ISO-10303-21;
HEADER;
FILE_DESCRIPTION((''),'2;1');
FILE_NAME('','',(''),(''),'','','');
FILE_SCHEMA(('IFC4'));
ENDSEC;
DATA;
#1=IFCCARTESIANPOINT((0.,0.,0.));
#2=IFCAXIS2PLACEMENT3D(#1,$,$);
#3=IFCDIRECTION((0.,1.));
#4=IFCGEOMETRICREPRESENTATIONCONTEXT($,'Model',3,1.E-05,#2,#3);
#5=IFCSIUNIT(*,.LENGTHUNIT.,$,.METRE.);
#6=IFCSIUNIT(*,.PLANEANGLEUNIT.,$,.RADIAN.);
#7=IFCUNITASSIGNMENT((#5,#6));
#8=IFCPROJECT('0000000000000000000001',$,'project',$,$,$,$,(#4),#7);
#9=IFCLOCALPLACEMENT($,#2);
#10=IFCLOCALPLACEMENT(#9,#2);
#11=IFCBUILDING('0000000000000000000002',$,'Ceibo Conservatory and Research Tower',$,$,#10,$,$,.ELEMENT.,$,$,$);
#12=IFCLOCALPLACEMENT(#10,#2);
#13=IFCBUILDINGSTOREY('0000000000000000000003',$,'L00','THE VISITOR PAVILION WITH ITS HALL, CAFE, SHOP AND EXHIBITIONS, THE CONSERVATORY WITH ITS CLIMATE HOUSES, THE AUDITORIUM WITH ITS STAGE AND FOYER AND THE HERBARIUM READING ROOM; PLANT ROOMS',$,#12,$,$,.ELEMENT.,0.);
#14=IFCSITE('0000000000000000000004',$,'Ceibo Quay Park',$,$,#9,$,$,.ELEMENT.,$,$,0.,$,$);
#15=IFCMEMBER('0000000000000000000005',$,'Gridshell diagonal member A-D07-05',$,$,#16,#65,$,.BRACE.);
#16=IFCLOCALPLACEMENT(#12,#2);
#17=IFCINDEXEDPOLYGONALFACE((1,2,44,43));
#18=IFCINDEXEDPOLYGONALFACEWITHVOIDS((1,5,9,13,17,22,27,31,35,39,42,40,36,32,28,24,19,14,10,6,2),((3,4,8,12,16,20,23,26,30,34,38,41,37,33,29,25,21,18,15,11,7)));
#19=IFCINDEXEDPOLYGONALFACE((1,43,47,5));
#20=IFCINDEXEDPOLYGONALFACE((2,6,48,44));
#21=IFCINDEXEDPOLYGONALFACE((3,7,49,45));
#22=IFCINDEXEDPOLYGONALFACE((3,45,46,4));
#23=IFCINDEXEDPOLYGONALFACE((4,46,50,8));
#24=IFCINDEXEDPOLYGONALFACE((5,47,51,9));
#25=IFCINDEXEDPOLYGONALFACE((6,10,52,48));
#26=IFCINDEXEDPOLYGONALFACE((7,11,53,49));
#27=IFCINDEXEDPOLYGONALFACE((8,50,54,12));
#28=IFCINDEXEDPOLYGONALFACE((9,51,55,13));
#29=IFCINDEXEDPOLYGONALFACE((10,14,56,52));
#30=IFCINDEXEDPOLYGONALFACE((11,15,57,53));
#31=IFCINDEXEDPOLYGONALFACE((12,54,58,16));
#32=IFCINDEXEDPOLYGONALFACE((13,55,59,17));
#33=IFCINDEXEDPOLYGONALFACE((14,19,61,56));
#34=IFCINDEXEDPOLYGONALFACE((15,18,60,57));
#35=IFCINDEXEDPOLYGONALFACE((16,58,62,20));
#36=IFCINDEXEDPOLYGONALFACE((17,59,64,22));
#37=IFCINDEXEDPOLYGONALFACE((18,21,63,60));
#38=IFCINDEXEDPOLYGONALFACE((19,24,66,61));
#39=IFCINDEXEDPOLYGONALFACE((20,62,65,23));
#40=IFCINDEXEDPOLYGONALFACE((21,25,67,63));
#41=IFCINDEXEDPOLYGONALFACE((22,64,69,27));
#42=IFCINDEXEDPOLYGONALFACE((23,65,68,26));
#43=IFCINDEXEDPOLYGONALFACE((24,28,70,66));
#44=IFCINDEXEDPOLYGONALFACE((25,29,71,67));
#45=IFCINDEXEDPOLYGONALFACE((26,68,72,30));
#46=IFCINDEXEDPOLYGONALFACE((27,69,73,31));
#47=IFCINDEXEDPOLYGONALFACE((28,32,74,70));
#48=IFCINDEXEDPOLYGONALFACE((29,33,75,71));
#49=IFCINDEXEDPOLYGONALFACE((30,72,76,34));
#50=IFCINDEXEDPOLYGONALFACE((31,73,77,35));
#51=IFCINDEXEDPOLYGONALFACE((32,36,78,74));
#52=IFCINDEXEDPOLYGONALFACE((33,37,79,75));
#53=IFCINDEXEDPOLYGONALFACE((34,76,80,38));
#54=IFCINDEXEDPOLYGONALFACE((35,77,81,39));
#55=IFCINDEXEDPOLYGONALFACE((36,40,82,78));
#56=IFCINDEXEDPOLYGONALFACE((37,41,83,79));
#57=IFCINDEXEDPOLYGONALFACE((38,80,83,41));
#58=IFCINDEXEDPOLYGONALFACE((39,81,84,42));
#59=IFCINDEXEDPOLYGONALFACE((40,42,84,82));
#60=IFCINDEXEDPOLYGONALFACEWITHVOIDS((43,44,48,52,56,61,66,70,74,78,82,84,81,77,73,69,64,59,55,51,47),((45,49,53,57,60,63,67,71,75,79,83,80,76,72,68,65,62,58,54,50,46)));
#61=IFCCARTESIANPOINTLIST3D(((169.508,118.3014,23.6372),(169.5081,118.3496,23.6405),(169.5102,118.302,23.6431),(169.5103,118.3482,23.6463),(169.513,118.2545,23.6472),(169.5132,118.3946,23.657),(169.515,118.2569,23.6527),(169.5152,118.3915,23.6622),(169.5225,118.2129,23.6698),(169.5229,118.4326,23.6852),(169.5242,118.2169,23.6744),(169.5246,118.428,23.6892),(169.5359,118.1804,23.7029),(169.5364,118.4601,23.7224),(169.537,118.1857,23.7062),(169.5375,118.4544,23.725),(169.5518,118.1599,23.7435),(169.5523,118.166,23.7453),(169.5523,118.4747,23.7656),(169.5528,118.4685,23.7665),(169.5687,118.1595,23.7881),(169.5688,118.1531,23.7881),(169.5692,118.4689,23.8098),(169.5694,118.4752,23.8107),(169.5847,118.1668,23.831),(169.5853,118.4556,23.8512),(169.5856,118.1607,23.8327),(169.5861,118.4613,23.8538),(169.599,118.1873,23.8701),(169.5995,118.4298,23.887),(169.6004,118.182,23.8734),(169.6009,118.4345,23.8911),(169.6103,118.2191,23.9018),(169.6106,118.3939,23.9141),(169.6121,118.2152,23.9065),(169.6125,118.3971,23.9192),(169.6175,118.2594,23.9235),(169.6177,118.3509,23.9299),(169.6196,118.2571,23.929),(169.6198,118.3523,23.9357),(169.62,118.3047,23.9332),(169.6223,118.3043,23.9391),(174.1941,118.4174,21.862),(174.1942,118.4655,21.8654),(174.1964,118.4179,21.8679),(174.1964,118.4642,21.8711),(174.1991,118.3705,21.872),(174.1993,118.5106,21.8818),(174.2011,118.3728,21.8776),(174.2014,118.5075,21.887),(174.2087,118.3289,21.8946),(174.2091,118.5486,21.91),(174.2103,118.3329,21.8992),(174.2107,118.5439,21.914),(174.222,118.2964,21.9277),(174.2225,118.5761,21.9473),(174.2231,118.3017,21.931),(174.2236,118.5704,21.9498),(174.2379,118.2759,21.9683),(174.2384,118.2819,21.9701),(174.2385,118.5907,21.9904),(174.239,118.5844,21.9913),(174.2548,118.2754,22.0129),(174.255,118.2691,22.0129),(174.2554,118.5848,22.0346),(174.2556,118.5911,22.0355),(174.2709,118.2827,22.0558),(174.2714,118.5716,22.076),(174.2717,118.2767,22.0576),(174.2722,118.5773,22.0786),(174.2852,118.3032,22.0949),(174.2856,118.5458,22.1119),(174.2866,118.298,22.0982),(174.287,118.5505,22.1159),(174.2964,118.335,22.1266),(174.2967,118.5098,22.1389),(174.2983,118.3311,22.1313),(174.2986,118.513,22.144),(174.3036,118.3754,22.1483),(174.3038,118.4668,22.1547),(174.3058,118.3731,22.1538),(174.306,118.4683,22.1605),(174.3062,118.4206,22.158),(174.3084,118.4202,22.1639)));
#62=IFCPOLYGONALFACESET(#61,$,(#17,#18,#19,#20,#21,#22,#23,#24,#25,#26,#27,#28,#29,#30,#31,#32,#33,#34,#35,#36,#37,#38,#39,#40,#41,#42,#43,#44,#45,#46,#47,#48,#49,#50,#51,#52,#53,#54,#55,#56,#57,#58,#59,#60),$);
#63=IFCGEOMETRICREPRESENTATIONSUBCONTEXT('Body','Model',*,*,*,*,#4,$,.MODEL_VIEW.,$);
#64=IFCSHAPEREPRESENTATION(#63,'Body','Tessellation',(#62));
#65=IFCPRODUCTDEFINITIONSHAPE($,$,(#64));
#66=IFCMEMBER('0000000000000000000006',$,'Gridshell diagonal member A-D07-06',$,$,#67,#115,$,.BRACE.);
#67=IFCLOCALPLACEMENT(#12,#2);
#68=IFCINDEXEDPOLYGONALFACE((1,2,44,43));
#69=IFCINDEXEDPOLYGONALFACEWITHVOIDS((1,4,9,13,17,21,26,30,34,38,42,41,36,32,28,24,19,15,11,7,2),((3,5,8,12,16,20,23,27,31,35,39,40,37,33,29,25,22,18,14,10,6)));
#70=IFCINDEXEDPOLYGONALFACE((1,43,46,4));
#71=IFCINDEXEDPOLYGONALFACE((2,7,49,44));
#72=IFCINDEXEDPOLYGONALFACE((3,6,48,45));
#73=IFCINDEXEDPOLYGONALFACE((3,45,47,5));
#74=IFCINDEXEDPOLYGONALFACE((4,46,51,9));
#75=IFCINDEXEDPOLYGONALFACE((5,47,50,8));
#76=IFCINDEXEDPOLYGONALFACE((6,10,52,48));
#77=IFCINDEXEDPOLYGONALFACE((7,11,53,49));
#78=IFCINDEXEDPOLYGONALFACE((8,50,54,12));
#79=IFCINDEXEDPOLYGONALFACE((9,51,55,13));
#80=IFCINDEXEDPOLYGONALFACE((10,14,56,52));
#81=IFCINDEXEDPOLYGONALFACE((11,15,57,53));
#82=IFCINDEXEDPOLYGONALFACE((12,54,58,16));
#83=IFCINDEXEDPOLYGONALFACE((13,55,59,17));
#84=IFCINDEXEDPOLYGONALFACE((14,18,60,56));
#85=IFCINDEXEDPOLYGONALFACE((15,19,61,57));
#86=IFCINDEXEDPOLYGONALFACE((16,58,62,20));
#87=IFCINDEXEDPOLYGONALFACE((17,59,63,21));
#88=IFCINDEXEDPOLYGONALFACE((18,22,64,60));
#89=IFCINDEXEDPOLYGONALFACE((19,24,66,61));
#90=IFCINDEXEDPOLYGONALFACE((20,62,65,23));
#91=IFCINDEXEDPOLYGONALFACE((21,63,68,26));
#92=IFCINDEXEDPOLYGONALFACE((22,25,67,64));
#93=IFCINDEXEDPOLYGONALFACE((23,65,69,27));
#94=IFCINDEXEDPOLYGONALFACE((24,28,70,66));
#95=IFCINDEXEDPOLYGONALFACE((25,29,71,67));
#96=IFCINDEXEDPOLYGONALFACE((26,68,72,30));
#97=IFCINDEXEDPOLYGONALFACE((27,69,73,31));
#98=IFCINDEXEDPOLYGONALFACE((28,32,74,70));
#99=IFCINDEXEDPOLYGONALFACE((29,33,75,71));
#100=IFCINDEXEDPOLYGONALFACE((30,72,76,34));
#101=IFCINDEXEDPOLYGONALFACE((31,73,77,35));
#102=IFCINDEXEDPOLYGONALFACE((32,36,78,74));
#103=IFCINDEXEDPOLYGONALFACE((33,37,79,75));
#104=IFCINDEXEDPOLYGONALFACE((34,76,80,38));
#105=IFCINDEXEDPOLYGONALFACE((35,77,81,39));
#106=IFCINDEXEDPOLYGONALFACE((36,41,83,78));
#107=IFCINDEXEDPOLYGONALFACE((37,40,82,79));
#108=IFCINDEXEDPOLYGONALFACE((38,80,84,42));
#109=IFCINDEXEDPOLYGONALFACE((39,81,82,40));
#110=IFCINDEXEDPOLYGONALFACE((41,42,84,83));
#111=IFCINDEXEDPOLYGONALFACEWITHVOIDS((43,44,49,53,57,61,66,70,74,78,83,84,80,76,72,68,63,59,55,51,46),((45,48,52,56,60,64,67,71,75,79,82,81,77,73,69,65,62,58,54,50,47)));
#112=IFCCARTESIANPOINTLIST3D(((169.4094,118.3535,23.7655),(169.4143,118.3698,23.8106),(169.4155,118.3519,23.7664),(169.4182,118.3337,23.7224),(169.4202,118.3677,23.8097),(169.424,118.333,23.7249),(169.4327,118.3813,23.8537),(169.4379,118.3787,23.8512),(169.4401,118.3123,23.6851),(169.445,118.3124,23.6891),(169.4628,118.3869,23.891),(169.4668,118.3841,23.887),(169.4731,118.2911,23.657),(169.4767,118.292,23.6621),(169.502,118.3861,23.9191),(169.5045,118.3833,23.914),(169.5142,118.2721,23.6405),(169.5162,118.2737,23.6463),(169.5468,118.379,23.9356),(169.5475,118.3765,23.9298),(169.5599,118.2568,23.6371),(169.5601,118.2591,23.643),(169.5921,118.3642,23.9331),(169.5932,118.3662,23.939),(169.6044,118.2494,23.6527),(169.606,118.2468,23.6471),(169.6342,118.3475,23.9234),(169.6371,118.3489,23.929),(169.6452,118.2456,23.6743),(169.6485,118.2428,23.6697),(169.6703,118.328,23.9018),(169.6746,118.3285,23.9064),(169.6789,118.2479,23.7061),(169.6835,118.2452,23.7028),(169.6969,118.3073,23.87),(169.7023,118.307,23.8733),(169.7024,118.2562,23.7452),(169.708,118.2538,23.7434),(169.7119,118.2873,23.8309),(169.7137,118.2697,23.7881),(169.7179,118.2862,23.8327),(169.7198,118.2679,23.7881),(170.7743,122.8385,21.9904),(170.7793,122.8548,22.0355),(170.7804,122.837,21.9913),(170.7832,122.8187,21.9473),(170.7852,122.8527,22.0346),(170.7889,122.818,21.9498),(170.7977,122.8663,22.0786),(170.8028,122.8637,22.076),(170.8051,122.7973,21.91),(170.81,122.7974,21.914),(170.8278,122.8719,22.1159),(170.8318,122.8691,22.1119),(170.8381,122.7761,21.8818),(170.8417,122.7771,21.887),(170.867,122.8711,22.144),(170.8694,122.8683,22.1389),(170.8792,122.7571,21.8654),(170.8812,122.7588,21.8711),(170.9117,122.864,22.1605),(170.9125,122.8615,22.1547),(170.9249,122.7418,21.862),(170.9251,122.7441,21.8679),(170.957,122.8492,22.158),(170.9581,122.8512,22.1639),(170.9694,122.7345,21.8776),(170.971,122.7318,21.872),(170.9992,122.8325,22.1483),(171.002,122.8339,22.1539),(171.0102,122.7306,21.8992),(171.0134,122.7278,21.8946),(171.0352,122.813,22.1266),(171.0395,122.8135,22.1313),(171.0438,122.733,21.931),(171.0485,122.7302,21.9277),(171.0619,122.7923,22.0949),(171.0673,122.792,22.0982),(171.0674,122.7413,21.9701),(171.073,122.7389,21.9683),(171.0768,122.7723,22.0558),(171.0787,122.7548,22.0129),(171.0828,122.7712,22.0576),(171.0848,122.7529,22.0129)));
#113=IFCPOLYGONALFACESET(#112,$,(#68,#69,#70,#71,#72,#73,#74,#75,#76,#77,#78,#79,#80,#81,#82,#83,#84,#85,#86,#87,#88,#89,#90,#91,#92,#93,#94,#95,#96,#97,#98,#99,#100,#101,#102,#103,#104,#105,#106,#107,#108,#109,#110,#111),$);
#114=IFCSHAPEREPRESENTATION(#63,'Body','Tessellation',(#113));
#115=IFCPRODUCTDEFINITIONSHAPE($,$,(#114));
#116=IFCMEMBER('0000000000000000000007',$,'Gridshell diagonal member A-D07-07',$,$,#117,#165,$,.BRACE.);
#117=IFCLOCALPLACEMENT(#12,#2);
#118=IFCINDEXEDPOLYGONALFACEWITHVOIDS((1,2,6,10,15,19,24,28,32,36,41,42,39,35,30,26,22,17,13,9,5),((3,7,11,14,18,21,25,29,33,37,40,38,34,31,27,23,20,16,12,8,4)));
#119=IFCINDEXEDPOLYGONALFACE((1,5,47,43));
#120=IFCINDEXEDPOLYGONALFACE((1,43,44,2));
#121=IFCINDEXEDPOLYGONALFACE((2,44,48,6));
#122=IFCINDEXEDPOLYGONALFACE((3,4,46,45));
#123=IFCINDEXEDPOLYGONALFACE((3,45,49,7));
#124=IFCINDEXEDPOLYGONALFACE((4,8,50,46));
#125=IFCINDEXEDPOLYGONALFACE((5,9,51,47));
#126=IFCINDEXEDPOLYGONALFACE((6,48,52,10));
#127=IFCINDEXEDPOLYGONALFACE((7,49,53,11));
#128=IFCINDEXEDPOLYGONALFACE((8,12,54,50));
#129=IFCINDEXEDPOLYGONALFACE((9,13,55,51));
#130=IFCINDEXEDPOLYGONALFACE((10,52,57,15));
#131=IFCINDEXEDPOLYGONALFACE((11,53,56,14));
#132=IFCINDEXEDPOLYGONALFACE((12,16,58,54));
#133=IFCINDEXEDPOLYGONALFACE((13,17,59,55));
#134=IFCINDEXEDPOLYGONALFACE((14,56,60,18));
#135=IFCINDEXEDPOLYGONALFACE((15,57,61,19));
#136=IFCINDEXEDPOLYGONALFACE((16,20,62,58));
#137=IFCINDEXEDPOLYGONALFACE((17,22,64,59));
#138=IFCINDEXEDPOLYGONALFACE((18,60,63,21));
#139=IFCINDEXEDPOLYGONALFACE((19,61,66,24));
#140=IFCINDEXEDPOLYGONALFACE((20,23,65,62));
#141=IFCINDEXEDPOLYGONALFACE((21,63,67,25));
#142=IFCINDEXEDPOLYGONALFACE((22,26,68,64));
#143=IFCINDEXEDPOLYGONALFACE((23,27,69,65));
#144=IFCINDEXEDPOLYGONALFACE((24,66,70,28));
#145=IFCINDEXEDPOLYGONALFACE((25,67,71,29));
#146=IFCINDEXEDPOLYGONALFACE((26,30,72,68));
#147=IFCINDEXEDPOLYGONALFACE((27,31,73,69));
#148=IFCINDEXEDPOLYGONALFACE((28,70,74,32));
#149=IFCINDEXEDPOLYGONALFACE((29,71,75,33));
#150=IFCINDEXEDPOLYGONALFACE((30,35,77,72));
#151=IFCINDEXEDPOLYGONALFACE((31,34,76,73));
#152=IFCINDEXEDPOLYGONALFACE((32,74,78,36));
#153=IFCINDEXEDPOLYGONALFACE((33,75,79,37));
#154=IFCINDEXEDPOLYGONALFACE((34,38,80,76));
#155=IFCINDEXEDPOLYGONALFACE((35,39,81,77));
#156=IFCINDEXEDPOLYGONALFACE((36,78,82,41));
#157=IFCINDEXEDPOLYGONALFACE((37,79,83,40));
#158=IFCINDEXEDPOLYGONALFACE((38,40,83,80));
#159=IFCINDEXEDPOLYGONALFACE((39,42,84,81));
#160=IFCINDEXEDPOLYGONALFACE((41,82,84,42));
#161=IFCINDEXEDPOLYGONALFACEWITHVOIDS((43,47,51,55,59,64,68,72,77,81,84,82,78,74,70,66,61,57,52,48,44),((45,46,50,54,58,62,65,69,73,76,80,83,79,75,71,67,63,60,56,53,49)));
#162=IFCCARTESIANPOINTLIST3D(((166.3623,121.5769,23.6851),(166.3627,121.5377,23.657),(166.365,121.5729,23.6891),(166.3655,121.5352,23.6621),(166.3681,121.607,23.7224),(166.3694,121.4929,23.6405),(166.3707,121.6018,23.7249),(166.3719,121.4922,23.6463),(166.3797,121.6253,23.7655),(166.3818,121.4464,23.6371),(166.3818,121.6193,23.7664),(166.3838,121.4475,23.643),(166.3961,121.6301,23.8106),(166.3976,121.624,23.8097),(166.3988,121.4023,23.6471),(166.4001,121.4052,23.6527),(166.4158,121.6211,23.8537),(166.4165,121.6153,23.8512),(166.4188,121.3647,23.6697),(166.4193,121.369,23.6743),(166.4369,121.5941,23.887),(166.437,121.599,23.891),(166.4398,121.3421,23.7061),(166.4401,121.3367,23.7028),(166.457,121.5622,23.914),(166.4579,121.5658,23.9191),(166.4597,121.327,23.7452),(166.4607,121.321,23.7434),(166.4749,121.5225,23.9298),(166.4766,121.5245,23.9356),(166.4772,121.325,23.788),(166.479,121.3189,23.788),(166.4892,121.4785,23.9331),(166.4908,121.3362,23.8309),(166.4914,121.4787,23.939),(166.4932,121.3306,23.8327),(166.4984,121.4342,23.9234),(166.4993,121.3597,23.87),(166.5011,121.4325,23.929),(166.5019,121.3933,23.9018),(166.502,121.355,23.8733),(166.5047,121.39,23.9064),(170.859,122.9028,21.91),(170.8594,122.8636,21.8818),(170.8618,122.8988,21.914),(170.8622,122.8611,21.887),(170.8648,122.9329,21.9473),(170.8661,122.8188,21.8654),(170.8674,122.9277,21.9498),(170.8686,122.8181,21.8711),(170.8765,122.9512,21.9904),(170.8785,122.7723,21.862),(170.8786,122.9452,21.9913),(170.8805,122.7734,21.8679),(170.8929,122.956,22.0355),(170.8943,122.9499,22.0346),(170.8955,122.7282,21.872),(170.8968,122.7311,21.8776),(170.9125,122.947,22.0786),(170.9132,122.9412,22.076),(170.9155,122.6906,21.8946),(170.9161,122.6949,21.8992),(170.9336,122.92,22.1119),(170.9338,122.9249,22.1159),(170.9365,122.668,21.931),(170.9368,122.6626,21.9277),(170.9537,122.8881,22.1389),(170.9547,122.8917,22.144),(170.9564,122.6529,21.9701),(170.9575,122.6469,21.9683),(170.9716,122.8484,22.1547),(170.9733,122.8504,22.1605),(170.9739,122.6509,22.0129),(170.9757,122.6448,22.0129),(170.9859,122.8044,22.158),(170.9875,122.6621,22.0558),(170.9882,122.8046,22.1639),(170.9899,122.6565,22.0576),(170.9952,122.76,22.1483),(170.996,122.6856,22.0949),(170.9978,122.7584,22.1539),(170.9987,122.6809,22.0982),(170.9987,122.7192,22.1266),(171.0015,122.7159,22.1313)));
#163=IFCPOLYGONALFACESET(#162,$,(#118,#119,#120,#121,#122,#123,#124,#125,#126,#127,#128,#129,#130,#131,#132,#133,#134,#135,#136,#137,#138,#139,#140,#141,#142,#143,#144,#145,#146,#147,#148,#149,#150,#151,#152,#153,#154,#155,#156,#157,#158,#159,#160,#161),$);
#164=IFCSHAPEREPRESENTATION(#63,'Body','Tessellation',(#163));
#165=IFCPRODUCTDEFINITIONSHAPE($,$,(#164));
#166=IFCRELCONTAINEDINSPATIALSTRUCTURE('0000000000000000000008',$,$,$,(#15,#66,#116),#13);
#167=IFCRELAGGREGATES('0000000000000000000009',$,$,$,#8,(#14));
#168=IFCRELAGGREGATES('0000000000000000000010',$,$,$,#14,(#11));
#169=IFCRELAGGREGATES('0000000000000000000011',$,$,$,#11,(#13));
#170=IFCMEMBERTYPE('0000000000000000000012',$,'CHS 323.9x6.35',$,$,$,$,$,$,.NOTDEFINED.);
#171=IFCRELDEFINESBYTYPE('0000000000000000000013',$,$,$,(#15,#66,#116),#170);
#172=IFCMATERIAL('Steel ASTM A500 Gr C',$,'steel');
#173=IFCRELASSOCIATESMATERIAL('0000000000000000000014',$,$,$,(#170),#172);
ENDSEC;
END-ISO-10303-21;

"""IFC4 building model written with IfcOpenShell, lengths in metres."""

from ifc_helpers import new_model, si_unit, direction, frame, origin, origin_2d, place, context, subcontext, project, spatial, hollow_circle, extrude, material, material_profile, profile_set, type_object, element, save


model = new_model("IFC4")

# Units and contexts
model_context = context("Model", 3, precision=1e-05, world=origin(), true_north=direction((0.0, 1.0)))
body_context = subcontext(model_context, "Body", "Model", "MODEL_VIEW")
ifc_project = project(units=[si_unit("LENGTHUNIT", "METRE"), si_unit("PLANEANGLEUNIT", "RADIAN")], contexts=[model_context])

# Site, building, storey
site_placement = place(None, origin())
site = spatial("IfcSite", under=ifc_project, at=site_placement, Name="Ceibo Quay Park", CompositionType="ELEMENT", RefElevation=0.0)
building_placement = place(site_placement, origin())
building = spatial("IfcBuilding", under=site, at=building_placement, Name="Ceibo Conservatory and Research Tower", CompositionType="ELEMENT")
storey_placement = place(building_placement, origin())
storey = spatial("IfcBuildingStorey", under=building, at=storey_placement, Name="L00", Description="THE VISITOR PAVILION WITH ITS HALL, CAFE, SHOP AND EXHIBITIONS, THE CONSERVATORY WITH ITS CLIMATE HOUSES, THE AUDITORIUM WITH ITS STAGE AND FOYER AND THE HERBARIUM READING ROOM; PLANT ROOMS", CompositionType="ELEMENT", Elevation=0.0)

# Members
ifc_material_1 = material(Name="Steel ASTM A500 Gr C", Category="steel")
ifc_material_profile_1 = material_profile(ifc_material_1, hollow_circle(Radius=0.1619, WallThickness=0.0063, at=origin_2d()), Name="CHS 323.9x6.35")
ifc_profile_set_1 = profile_set([ifc_material_profile_1], Name="Steel ASTM A500 Gr C")
member_type_1 = type_object("IfcMemberType", Name="CHS 323.9x6.35", PredefinedType="NOTDEFINED", material=ifc_profile_set_1)
member_1_placement = place(storey_placement, frame((174.251, 118.4309, 22.0129), z_axis=(-0.9349, -0.023136, 0.354155), x_axis=(0.02474, -0.999694, 0.0)))
element("IfcMember", 1, at=member_1_placement, inside=storey, type_object=member_type_1, Name="Gridshell diagonal member A-D07-05", PredefinedType="BRACE", context=body_context, shape_type="SweptSolid", body=[
    extrude(hollow_circle(Radius=0.1619, WallThickness=0.0063, at=origin_2d()), origin(), (0.0, 0.0, 1.0), 5.0125),
])
for number, where, z_axis, x_axis, name in (
    (2, (170.9299, 122.8, 22.0129), (-0.272288, -0.894689, 0.354106), (0.956676, -0.291153, 0.0), "Gridshell diagonal member A-D07-06"),
    (3, (170.9299, 122.8, 22.0129), (-0.897024, -0.264495, 0.354105), (0.28282, -0.959173, 0.0), "Gridshell diagonal member A-D07-07"),
):
    element("IfcMember", number, at=place(storey_placement, frame(where, z_axis=z_axis, x_axis=x_axis)), inside=storey, type_object=member_type_1, Name=name, PredefinedType="BRACE", context=body_context, shape_type="SweptSolid", body=[
        extrude(hollow_circle(Radius=0.1619, WallThickness=0.0063, at=origin_2d()), origin(), (0.0, 0.0, 1.0), 5.0129),
    ])

save(model, "model.ifc")
